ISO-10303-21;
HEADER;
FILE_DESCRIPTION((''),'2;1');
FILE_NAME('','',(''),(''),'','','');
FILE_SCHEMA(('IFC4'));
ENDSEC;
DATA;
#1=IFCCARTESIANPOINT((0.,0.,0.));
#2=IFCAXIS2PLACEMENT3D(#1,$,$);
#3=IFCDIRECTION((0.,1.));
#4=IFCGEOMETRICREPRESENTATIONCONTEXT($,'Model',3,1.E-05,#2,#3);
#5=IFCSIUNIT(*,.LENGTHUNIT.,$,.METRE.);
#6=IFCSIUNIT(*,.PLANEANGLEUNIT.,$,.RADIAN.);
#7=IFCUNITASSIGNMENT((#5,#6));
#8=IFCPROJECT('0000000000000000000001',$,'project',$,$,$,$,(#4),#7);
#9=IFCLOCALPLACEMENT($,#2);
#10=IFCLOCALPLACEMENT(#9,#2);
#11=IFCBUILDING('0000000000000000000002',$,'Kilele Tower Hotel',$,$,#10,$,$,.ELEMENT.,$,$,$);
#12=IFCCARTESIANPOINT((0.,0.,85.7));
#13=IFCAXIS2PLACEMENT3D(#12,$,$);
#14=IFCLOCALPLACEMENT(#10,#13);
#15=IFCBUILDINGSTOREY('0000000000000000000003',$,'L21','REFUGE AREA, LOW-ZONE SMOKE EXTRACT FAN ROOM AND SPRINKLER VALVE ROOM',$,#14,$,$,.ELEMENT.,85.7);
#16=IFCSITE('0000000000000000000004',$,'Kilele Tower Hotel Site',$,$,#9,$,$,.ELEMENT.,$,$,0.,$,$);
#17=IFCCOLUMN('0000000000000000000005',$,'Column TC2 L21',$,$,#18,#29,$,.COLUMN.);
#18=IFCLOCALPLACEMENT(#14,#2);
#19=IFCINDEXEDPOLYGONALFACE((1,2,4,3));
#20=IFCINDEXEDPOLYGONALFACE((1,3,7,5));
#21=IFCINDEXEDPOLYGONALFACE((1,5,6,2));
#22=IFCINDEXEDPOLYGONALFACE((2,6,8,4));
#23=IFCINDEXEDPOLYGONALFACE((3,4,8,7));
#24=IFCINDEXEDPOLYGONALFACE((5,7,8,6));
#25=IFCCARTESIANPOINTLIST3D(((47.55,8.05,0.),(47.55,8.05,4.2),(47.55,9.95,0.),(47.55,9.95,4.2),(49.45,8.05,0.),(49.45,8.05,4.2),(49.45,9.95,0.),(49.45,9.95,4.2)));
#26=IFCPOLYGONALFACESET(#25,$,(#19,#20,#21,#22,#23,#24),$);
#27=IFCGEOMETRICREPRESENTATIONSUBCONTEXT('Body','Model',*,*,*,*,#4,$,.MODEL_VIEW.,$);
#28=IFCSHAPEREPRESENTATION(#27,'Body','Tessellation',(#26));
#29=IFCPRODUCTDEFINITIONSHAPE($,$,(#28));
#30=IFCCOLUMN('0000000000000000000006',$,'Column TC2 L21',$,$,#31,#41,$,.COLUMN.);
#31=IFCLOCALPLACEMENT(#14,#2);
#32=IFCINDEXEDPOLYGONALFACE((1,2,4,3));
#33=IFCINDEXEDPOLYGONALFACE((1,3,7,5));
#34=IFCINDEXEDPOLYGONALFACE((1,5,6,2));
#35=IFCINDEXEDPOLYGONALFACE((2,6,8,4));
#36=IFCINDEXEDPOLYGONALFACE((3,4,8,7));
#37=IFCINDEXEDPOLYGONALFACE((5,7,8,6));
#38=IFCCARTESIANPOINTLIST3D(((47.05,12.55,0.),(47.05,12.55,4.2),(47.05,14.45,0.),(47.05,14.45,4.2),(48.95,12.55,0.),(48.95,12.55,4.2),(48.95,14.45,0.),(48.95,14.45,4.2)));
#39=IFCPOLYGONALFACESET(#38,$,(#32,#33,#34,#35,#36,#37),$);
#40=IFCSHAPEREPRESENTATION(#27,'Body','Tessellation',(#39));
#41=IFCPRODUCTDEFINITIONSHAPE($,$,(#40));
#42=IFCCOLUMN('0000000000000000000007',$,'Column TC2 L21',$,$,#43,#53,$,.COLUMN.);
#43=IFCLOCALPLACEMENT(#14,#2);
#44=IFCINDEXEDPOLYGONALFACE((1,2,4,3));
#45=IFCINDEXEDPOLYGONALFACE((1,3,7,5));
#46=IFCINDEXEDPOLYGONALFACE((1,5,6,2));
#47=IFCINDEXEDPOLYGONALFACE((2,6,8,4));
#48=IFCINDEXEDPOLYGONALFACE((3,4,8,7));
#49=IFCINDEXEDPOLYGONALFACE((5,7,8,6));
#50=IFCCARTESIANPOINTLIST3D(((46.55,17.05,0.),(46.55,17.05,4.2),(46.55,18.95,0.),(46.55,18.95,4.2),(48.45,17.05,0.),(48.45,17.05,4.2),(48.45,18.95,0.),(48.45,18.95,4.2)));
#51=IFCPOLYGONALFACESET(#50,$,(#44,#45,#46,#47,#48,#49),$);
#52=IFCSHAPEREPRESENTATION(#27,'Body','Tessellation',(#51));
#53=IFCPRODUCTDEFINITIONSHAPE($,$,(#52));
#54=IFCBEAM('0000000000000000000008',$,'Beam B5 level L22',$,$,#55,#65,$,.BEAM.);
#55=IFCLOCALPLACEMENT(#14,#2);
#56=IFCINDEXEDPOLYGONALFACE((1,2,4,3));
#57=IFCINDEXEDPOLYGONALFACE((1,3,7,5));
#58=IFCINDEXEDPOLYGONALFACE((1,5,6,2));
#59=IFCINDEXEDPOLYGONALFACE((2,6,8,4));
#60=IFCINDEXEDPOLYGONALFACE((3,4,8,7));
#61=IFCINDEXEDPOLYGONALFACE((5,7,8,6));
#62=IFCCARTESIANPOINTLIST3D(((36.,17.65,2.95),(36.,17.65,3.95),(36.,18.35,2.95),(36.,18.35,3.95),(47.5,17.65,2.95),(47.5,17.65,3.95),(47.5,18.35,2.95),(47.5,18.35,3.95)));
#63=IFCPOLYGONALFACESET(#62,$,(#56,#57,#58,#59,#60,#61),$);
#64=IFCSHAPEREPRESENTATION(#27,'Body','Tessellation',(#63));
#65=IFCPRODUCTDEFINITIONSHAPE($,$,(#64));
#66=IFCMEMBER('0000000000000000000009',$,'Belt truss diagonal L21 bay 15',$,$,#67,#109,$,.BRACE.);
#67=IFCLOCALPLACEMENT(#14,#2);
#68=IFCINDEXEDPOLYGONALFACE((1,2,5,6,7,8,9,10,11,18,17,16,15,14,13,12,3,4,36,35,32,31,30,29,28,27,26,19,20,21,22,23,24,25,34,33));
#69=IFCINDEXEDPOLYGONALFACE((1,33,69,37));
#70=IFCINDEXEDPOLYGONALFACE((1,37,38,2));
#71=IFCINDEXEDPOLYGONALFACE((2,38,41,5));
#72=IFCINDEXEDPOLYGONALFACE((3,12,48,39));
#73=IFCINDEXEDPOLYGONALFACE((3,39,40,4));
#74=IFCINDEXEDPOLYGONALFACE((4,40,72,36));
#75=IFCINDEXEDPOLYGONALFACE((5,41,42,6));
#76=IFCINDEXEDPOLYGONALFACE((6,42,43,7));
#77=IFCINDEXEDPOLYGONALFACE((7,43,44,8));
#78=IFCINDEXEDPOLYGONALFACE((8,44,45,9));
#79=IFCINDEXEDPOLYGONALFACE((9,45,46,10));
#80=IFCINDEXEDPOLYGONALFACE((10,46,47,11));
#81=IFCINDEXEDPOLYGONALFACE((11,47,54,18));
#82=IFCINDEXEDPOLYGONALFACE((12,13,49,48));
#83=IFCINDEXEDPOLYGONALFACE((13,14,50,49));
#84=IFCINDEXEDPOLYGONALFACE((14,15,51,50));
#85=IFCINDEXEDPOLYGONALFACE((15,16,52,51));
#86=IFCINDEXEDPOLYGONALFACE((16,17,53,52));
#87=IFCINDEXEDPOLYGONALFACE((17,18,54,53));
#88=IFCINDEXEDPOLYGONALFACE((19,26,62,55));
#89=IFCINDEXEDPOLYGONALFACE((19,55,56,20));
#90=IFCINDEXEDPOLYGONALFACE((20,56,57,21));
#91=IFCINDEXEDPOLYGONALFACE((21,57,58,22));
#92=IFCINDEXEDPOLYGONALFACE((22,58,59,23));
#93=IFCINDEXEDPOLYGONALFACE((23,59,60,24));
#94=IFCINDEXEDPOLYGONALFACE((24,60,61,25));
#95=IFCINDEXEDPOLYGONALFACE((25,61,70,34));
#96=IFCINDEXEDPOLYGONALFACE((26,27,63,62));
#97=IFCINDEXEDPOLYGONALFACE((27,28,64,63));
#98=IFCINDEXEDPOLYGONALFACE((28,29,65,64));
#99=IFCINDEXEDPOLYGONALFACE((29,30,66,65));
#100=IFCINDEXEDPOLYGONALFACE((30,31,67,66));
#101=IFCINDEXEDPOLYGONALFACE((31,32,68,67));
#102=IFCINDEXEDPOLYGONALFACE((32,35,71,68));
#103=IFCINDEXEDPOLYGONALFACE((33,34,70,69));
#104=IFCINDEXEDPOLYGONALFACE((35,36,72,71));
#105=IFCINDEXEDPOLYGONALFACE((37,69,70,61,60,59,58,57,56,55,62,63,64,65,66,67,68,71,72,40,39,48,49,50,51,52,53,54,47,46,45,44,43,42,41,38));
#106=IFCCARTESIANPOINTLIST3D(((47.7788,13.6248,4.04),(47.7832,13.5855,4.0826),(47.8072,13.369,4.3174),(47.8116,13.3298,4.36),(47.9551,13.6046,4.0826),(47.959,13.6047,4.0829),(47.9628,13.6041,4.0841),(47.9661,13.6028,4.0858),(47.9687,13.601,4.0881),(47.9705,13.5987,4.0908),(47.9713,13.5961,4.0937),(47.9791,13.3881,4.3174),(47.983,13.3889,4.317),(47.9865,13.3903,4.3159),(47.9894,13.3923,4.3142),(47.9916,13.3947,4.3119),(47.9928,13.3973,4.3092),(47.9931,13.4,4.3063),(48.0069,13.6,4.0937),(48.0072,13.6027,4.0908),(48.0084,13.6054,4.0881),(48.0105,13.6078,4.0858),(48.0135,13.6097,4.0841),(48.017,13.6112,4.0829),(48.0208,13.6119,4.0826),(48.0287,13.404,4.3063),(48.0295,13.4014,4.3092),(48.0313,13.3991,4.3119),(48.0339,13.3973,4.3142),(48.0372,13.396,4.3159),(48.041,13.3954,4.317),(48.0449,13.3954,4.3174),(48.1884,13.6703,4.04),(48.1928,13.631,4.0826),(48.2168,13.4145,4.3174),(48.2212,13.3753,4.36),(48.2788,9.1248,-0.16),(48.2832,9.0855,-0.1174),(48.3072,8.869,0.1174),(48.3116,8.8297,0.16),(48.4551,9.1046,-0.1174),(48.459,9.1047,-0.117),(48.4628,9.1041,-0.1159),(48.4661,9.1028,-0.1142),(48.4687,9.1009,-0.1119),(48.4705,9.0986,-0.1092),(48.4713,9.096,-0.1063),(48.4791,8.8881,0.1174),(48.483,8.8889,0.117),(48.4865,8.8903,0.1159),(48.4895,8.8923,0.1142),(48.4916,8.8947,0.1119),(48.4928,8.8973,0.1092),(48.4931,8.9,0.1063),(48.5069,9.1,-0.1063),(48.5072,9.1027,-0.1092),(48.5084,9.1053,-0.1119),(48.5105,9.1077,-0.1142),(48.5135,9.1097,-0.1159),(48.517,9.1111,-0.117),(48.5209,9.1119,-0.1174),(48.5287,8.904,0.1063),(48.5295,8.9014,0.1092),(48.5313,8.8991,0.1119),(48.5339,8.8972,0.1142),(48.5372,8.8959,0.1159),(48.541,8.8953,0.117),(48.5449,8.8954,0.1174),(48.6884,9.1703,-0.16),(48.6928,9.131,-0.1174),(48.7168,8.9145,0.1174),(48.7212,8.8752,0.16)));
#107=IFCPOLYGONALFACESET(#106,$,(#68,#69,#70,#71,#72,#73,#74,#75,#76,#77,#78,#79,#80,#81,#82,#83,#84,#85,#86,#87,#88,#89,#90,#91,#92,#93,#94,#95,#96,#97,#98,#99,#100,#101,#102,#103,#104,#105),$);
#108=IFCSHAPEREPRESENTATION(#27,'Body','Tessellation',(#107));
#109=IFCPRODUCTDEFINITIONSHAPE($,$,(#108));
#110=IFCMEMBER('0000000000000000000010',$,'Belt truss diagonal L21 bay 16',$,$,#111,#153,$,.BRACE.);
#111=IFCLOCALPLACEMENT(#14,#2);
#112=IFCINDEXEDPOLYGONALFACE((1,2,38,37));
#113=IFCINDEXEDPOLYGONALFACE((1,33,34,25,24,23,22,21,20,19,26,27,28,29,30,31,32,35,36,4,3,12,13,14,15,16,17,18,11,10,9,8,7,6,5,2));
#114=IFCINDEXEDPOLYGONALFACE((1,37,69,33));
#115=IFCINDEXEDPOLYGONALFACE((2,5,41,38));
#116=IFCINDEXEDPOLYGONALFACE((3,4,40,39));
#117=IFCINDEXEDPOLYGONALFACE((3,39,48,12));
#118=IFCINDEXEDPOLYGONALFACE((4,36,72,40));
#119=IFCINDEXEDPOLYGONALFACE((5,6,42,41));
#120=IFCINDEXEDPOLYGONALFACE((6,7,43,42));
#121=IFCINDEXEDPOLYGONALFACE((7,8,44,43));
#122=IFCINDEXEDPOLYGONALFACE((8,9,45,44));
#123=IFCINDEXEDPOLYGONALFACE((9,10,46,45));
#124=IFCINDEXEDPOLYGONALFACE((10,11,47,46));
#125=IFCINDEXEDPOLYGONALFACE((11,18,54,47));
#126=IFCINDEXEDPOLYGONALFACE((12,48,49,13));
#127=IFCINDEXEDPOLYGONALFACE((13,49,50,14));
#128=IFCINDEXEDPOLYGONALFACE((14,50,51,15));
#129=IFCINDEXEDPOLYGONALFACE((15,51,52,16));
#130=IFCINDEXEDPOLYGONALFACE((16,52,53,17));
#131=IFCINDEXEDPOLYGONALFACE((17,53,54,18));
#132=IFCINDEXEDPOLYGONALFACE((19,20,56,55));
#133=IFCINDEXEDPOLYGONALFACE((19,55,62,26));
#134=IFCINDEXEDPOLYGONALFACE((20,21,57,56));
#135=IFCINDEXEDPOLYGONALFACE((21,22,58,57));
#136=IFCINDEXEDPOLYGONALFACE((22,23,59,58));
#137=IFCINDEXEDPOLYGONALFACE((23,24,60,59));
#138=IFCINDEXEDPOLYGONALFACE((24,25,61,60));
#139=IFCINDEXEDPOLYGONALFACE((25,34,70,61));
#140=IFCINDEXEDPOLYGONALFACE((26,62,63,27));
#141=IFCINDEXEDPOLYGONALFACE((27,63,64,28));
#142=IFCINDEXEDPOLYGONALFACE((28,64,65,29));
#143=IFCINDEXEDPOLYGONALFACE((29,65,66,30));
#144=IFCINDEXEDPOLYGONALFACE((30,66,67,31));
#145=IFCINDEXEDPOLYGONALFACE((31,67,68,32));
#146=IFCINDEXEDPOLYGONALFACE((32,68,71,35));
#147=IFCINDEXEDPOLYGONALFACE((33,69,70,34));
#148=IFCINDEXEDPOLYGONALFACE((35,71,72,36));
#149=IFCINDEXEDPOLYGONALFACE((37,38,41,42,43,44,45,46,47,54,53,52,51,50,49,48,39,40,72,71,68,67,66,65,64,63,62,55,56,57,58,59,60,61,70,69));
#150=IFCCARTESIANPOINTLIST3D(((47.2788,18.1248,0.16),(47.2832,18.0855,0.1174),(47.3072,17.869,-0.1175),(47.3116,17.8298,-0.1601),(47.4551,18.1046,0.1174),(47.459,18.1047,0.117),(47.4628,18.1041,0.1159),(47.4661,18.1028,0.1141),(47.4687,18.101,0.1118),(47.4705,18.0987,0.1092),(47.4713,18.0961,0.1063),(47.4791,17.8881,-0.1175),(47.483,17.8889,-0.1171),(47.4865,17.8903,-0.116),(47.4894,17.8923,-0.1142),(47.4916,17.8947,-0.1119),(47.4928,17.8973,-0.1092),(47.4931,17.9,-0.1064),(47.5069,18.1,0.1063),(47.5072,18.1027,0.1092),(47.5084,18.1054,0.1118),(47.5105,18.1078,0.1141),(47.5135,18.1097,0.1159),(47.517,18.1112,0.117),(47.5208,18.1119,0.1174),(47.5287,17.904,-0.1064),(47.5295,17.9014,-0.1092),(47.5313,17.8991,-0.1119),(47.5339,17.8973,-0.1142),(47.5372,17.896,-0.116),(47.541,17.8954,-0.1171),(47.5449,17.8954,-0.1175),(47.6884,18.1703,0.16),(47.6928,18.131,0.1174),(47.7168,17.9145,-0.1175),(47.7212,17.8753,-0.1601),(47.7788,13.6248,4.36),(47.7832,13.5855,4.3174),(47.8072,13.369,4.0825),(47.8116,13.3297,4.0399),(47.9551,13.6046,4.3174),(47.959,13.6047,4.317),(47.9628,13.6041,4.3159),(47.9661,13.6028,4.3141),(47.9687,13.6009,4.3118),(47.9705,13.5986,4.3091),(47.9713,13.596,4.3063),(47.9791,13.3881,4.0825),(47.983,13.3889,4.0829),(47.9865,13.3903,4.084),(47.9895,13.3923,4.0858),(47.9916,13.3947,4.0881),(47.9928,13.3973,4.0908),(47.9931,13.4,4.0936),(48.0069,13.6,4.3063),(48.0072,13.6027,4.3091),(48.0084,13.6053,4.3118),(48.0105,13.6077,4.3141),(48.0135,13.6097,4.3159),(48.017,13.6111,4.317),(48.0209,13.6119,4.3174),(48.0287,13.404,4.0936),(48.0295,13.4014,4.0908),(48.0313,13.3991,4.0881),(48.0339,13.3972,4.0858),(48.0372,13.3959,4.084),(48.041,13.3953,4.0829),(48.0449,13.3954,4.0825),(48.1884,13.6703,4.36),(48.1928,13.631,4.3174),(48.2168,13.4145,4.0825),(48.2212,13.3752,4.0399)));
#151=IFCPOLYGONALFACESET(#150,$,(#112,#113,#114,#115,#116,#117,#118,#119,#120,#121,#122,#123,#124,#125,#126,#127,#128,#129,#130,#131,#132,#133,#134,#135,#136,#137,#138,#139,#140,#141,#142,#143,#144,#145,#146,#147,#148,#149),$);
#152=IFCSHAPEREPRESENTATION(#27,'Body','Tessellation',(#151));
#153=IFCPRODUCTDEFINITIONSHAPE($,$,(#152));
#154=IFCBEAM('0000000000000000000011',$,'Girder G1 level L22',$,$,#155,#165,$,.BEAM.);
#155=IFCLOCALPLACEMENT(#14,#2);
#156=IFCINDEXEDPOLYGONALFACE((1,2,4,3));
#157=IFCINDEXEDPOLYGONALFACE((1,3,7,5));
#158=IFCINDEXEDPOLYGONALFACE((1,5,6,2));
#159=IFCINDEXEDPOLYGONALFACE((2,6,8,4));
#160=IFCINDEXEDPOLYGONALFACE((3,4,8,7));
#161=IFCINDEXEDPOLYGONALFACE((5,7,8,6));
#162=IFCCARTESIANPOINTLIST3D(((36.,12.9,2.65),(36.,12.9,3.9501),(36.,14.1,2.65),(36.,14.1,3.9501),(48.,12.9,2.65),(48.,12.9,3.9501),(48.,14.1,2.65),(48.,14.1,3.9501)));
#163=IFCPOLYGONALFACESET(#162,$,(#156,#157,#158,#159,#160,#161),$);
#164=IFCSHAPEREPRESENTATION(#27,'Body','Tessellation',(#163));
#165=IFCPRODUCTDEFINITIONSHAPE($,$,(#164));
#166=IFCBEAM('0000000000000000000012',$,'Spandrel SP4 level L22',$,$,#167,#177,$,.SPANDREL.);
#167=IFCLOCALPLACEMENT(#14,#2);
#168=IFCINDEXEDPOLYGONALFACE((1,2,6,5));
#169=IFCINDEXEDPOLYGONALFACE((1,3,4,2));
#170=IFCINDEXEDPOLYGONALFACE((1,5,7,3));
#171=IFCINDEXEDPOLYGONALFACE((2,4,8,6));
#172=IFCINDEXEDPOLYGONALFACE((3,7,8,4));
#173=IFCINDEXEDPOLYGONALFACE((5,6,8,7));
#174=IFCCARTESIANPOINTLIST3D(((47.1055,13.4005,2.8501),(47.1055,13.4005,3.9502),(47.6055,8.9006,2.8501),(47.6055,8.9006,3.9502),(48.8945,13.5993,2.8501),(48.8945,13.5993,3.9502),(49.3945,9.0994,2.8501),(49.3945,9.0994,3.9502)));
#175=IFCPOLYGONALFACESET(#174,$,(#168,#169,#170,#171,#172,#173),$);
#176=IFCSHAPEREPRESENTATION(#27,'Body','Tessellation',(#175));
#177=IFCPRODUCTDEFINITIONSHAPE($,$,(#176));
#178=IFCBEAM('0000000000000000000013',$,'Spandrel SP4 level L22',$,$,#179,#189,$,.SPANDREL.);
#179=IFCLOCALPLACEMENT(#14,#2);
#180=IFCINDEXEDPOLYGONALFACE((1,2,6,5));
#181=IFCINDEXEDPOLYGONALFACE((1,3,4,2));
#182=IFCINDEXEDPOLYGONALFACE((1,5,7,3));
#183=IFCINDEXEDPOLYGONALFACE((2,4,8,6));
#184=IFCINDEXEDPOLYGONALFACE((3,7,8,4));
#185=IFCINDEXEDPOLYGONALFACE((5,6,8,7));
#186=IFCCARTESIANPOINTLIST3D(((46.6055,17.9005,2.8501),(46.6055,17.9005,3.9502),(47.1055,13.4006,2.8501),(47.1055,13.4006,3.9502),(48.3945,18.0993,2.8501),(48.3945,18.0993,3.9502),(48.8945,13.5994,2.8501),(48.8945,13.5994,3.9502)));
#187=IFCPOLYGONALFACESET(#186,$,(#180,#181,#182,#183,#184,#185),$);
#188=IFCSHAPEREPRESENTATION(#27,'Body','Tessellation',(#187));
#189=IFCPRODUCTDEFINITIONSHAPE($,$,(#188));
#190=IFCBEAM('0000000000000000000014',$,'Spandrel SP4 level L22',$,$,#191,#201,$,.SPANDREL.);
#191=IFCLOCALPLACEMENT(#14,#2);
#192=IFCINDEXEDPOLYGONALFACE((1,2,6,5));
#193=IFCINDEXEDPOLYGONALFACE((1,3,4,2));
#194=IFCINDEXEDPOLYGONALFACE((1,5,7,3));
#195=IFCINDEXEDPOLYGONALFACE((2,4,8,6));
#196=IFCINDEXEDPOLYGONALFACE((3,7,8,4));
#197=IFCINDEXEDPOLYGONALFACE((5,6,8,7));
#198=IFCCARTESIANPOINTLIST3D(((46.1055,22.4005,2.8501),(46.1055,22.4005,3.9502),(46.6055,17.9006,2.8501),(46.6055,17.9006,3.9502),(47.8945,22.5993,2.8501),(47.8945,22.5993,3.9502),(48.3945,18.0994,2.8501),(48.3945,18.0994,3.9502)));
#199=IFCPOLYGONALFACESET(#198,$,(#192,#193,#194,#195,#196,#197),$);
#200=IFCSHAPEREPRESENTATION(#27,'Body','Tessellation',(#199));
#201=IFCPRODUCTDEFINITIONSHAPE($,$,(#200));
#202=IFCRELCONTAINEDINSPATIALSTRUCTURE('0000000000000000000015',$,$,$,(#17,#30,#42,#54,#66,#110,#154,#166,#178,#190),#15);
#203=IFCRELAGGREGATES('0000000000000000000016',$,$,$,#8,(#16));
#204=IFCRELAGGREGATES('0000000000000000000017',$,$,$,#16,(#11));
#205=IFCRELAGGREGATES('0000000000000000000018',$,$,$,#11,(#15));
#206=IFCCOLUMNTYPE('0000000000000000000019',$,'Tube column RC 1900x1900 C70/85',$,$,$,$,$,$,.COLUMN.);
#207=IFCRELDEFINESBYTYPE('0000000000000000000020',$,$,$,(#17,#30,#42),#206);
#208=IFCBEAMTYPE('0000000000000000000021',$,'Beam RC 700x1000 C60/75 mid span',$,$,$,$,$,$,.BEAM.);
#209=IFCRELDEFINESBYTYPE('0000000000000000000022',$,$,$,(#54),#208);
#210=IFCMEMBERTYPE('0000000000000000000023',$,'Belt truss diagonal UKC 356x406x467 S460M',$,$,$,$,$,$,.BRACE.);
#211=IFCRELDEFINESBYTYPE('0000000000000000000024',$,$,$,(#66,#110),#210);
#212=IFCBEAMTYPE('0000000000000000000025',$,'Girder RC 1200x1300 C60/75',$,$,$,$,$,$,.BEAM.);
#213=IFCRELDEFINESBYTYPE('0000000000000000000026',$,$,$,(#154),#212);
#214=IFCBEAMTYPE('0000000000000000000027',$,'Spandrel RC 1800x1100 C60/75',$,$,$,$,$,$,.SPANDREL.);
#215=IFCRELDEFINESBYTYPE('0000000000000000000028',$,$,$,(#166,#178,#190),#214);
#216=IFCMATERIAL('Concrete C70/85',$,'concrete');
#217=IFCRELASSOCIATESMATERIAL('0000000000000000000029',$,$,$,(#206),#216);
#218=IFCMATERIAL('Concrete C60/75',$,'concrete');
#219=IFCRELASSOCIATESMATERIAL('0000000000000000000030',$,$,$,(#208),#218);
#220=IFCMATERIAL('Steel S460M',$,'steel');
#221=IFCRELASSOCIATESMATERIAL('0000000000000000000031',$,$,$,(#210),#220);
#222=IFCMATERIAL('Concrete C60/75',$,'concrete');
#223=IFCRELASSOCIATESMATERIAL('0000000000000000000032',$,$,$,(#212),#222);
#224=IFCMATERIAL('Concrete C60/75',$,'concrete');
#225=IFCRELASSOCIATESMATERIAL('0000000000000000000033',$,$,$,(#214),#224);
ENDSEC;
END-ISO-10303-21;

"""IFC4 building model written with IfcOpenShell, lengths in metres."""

from ifc_helpers import new_model, si_unit, direction, frame, origin, origin_2d, place, context, subcontext, project, spatial, rectangle, i_section, extrude, material, material_profile, profile_set, type_object, element, save


model = new_model("IFC4")

# Units and contexts
model_context = context("Model", 3, precision=1e-05, world=origin(), true_north=direction((0.0, 1.0)))
body_context = subcontext(model_context, "Body", "Model", "MODEL_VIEW")
ifc_project = project(units=[si_unit("LENGTHUNIT", "METRE"), si_unit("PLANEANGLEUNIT", "RADIAN")], contexts=[model_context])

# Site, building, storey
site_placement = place(None, origin())
site = spatial("IfcSite", under=ifc_project, at=site_placement, Name="Kilele Tower Hotel Site", CompositionType="ELEMENT", RefElevation=0.0)
building_placement = place(site_placement, origin())
building = spatial("IfcBuilding", under=site, at=building_placement, Name="Kilele Tower Hotel", CompositionType="ELEMENT")
storey_placement = place(building_placement, frame((0.0, 0.0, 85.7)))
storey = spatial("IfcBuildingStorey", under=building, at=storey_placement, Name="L21", Description="REFUGE AREA, LOW-ZONE SMOKE EXTRACT FAN ROOM AND SPRINKLER VALVE ROOM", CompositionType="ELEMENT", Elevation=85.7)

# Columns
ifc_material_1 = material(Name="Concrete C70/85", Category="concrete")
ifc_material_profile_1 = material_profile(ifc_material_1, rectangle(XDim=1.8999, YDim=1.8999, at=origin_2d()))
ifc_profile_set_1 = profile_set([ifc_material_profile_1], Name="Concrete C70/85")
column_type = type_object("IfcColumnType", Name="Tube column RC 1900x1900 C70/85", PredefinedType="COLUMN", material=ifc_profile_set_1)
for number, where, z_axis, x_axis, name in (
    (1, (48.5, 9.0, 0.0), (0.0, 0.0, 1.0), (1.0, 0.0, 0.0), "Column TC2 L21"),
    (2, (48.0, 13.5, 0.0), (0.0, 0.0, 1.0), (1.0, 0.0, 0.0), "Column TC2 L21"),
    (3, (47.5, 18.0, 0.0), (0.0, 0.0, 1.0), (1.0, 0.0, 0.0), "Column TC2 L21"),
):
    element("IfcColumn", number, at=place(storey_placement, frame(where, z_axis=z_axis, x_axis=x_axis)), inside=storey, type_object=column_type, Name=name, PredefinedType="COLUMN", context=body_context, shape_type="SweptSolid", body=[
        extrude(rectangle(XDim=1.8999, YDim=1.8999, at=origin_2d()), origin(), (0.0, 0.0, 1.0), 4.2),
    ])

# Beam
ifc_material_2 = material(Name="Concrete C60/75", Category="concrete")
ifc_material_profile_2 = material_profile(ifc_material_2, rectangle(XDim=0.7, YDim=1.0, at=origin_2d()))
ifc_profile_set_2 = profile_set([ifc_material_profile_2], Name="Concrete C60/75")
beam_type_1 = type_object("IfcBeamType", Name="Beam RC 700x1000 C60/75 mid span", PredefinedType="BEAM", material=ifc_profile_set_2)
beam_1_placement = place(storey_placement, frame((47.5, 18.0, 3.45), z_axis=(-1.0, 0.0, 0.0), x_axis=(0.0, -1.0, 0.0)))
element("IfcBeam", 4, at=beam_1_placement, inside=storey, type_object=beam_type_1, Name="Beam B5 level L22", PredefinedType="BEAM", context=body_context, shape_type="SweptSolid", body=[
    extrude(rectangle(XDim=0.7, YDim=1.0, at=origin_2d()), origin(), (0.0, 0.0, 1.0), 11.5),
])

# Members
ifc_material_3 = material(Name="Steel S460M", Category="steel")
ifc_material_profile_3 = material_profile(ifc_material_3, i_section(OverallWidth=0.4121, OverallDepth=0.4365, WebThickness=0.0359, FlangeThickness=0.0581, FilletRadius=0.0151, at=origin_2d()))
ifc_profile_set_3 = profile_set([ifc_material_profile_3], Name="Steel S460M")
member_type = type_object("IfcMemberType", Name="Belt truss diagonal UKC 356x406x467 S460M", PredefinedType="BRACE", material=ifc_profile_set_3)
for number, where, z_axis, x_axis, name in (
    (5, (48.5, 9.0, 0.0), (-0.080962, 0.728659, 0.680074), (-0.993884, -0.110432, 0.0), "Belt truss diagonal L21 bay 15"),
    (6, (48.0, 13.5, 4.2), (-0.080962, 0.728659, -0.680074), (-0.993884, -0.110432, 0.0), "Belt truss diagonal L21 bay 16"),
):
    element("IfcMember", number, at=place(storey_placement, frame(where, z_axis=z_axis, x_axis=x_axis)), inside=storey, type_object=member_type, Name=name, PredefinedType="BRACE", context=body_context, shape_type="SweptSolid", body=[
        extrude(i_section(OverallWidth=0.4121, OverallDepth=0.4365, WebThickness=0.0359, FlangeThickness=0.0581, FilletRadius=0.0151, at=origin_2d()), origin(), (0.0, 0.0, 1.0), 6.1758),
    ])

# Beams
ifc_material_4 = material(Name="Concrete C60/75", Category="concrete")
ifc_material_profile_4 = material_profile(ifc_material_4, rectangle(XDim=1.2, YDim=1.3, at=origin_2d()))
ifc_profile_set_4 = profile_set([ifc_material_profile_4], Name="Concrete C60/75")
beam_type_2 = type_object("IfcBeamType", Name="Girder RC 1200x1300 C60/75", PredefinedType="BEAM", material=ifc_profile_set_4)
beam_2_placement = place(storey_placement, frame((48.0, 13.5, 3.3), z_axis=(-1.0, 0.0, 0.0), x_axis=(0.0, -1.0, 0.0)))
element("IfcBeam", 7, at=beam_2_placement, inside=storey, type_object=beam_type_2, Name="Girder G1 level L22", PredefinedType="BEAM", context=body_context, shape_type="SweptSolid", body=[
    extrude(rectangle(XDim=1.2, YDim=1.3, at=origin_2d()), origin(), (0.0, 0.0, 1.0), 12.0),
])
ifc_material_5 = material(Name="Concrete C60/75", Category="concrete")
ifc_material_profile_5 = material_profile(ifc_material_5, rectangle(XDim=1.8, YDim=1.1001, at=origin_2d()))
ifc_profile_set_5 = profile_set([ifc_material_profile_5], Name="Concrete C60/75")
beam_type_3 = type_object("IfcBeamType", Name="Spandrel RC 1800x1100 C60/75", PredefinedType="SPANDREL", material=ifc_profile_set_5)
for number, where, z_axis, x_axis, name in (
    (8, (48.5, 9.0, 3.4001), (-0.110432, 0.993884, 0.0), (-0.993884, -0.110432, 0.0), "Spandrel SP4 level L22"),
    (9, (48.0, 13.5, 3.4001), (-0.110432, 0.993884, 0.0), (-0.993884, -0.110432, 0.0), "Spandrel SP4 level L22"),
    (10, (47.5, 18.0, 3.4001), (-0.110432, 0.993884, 0.0), (-0.993884, -0.110432, 0.0), "Spandrel SP4 level L22"),
):
    element("IfcBeam", number, at=place(storey_placement, frame(where, z_axis=z_axis, x_axis=x_axis)), inside=storey, type_object=beam_type_3, Name=name, PredefinedType="SPANDREL", context=body_context, shape_type="SweptSolid", body=[
        extrude(rectangle(XDim=1.8, YDim=1.1001, at=origin_2d()), origin(), (0.0, 0.0, 1.0), 4.5276),
    ])

save(model, "model.ifc")
